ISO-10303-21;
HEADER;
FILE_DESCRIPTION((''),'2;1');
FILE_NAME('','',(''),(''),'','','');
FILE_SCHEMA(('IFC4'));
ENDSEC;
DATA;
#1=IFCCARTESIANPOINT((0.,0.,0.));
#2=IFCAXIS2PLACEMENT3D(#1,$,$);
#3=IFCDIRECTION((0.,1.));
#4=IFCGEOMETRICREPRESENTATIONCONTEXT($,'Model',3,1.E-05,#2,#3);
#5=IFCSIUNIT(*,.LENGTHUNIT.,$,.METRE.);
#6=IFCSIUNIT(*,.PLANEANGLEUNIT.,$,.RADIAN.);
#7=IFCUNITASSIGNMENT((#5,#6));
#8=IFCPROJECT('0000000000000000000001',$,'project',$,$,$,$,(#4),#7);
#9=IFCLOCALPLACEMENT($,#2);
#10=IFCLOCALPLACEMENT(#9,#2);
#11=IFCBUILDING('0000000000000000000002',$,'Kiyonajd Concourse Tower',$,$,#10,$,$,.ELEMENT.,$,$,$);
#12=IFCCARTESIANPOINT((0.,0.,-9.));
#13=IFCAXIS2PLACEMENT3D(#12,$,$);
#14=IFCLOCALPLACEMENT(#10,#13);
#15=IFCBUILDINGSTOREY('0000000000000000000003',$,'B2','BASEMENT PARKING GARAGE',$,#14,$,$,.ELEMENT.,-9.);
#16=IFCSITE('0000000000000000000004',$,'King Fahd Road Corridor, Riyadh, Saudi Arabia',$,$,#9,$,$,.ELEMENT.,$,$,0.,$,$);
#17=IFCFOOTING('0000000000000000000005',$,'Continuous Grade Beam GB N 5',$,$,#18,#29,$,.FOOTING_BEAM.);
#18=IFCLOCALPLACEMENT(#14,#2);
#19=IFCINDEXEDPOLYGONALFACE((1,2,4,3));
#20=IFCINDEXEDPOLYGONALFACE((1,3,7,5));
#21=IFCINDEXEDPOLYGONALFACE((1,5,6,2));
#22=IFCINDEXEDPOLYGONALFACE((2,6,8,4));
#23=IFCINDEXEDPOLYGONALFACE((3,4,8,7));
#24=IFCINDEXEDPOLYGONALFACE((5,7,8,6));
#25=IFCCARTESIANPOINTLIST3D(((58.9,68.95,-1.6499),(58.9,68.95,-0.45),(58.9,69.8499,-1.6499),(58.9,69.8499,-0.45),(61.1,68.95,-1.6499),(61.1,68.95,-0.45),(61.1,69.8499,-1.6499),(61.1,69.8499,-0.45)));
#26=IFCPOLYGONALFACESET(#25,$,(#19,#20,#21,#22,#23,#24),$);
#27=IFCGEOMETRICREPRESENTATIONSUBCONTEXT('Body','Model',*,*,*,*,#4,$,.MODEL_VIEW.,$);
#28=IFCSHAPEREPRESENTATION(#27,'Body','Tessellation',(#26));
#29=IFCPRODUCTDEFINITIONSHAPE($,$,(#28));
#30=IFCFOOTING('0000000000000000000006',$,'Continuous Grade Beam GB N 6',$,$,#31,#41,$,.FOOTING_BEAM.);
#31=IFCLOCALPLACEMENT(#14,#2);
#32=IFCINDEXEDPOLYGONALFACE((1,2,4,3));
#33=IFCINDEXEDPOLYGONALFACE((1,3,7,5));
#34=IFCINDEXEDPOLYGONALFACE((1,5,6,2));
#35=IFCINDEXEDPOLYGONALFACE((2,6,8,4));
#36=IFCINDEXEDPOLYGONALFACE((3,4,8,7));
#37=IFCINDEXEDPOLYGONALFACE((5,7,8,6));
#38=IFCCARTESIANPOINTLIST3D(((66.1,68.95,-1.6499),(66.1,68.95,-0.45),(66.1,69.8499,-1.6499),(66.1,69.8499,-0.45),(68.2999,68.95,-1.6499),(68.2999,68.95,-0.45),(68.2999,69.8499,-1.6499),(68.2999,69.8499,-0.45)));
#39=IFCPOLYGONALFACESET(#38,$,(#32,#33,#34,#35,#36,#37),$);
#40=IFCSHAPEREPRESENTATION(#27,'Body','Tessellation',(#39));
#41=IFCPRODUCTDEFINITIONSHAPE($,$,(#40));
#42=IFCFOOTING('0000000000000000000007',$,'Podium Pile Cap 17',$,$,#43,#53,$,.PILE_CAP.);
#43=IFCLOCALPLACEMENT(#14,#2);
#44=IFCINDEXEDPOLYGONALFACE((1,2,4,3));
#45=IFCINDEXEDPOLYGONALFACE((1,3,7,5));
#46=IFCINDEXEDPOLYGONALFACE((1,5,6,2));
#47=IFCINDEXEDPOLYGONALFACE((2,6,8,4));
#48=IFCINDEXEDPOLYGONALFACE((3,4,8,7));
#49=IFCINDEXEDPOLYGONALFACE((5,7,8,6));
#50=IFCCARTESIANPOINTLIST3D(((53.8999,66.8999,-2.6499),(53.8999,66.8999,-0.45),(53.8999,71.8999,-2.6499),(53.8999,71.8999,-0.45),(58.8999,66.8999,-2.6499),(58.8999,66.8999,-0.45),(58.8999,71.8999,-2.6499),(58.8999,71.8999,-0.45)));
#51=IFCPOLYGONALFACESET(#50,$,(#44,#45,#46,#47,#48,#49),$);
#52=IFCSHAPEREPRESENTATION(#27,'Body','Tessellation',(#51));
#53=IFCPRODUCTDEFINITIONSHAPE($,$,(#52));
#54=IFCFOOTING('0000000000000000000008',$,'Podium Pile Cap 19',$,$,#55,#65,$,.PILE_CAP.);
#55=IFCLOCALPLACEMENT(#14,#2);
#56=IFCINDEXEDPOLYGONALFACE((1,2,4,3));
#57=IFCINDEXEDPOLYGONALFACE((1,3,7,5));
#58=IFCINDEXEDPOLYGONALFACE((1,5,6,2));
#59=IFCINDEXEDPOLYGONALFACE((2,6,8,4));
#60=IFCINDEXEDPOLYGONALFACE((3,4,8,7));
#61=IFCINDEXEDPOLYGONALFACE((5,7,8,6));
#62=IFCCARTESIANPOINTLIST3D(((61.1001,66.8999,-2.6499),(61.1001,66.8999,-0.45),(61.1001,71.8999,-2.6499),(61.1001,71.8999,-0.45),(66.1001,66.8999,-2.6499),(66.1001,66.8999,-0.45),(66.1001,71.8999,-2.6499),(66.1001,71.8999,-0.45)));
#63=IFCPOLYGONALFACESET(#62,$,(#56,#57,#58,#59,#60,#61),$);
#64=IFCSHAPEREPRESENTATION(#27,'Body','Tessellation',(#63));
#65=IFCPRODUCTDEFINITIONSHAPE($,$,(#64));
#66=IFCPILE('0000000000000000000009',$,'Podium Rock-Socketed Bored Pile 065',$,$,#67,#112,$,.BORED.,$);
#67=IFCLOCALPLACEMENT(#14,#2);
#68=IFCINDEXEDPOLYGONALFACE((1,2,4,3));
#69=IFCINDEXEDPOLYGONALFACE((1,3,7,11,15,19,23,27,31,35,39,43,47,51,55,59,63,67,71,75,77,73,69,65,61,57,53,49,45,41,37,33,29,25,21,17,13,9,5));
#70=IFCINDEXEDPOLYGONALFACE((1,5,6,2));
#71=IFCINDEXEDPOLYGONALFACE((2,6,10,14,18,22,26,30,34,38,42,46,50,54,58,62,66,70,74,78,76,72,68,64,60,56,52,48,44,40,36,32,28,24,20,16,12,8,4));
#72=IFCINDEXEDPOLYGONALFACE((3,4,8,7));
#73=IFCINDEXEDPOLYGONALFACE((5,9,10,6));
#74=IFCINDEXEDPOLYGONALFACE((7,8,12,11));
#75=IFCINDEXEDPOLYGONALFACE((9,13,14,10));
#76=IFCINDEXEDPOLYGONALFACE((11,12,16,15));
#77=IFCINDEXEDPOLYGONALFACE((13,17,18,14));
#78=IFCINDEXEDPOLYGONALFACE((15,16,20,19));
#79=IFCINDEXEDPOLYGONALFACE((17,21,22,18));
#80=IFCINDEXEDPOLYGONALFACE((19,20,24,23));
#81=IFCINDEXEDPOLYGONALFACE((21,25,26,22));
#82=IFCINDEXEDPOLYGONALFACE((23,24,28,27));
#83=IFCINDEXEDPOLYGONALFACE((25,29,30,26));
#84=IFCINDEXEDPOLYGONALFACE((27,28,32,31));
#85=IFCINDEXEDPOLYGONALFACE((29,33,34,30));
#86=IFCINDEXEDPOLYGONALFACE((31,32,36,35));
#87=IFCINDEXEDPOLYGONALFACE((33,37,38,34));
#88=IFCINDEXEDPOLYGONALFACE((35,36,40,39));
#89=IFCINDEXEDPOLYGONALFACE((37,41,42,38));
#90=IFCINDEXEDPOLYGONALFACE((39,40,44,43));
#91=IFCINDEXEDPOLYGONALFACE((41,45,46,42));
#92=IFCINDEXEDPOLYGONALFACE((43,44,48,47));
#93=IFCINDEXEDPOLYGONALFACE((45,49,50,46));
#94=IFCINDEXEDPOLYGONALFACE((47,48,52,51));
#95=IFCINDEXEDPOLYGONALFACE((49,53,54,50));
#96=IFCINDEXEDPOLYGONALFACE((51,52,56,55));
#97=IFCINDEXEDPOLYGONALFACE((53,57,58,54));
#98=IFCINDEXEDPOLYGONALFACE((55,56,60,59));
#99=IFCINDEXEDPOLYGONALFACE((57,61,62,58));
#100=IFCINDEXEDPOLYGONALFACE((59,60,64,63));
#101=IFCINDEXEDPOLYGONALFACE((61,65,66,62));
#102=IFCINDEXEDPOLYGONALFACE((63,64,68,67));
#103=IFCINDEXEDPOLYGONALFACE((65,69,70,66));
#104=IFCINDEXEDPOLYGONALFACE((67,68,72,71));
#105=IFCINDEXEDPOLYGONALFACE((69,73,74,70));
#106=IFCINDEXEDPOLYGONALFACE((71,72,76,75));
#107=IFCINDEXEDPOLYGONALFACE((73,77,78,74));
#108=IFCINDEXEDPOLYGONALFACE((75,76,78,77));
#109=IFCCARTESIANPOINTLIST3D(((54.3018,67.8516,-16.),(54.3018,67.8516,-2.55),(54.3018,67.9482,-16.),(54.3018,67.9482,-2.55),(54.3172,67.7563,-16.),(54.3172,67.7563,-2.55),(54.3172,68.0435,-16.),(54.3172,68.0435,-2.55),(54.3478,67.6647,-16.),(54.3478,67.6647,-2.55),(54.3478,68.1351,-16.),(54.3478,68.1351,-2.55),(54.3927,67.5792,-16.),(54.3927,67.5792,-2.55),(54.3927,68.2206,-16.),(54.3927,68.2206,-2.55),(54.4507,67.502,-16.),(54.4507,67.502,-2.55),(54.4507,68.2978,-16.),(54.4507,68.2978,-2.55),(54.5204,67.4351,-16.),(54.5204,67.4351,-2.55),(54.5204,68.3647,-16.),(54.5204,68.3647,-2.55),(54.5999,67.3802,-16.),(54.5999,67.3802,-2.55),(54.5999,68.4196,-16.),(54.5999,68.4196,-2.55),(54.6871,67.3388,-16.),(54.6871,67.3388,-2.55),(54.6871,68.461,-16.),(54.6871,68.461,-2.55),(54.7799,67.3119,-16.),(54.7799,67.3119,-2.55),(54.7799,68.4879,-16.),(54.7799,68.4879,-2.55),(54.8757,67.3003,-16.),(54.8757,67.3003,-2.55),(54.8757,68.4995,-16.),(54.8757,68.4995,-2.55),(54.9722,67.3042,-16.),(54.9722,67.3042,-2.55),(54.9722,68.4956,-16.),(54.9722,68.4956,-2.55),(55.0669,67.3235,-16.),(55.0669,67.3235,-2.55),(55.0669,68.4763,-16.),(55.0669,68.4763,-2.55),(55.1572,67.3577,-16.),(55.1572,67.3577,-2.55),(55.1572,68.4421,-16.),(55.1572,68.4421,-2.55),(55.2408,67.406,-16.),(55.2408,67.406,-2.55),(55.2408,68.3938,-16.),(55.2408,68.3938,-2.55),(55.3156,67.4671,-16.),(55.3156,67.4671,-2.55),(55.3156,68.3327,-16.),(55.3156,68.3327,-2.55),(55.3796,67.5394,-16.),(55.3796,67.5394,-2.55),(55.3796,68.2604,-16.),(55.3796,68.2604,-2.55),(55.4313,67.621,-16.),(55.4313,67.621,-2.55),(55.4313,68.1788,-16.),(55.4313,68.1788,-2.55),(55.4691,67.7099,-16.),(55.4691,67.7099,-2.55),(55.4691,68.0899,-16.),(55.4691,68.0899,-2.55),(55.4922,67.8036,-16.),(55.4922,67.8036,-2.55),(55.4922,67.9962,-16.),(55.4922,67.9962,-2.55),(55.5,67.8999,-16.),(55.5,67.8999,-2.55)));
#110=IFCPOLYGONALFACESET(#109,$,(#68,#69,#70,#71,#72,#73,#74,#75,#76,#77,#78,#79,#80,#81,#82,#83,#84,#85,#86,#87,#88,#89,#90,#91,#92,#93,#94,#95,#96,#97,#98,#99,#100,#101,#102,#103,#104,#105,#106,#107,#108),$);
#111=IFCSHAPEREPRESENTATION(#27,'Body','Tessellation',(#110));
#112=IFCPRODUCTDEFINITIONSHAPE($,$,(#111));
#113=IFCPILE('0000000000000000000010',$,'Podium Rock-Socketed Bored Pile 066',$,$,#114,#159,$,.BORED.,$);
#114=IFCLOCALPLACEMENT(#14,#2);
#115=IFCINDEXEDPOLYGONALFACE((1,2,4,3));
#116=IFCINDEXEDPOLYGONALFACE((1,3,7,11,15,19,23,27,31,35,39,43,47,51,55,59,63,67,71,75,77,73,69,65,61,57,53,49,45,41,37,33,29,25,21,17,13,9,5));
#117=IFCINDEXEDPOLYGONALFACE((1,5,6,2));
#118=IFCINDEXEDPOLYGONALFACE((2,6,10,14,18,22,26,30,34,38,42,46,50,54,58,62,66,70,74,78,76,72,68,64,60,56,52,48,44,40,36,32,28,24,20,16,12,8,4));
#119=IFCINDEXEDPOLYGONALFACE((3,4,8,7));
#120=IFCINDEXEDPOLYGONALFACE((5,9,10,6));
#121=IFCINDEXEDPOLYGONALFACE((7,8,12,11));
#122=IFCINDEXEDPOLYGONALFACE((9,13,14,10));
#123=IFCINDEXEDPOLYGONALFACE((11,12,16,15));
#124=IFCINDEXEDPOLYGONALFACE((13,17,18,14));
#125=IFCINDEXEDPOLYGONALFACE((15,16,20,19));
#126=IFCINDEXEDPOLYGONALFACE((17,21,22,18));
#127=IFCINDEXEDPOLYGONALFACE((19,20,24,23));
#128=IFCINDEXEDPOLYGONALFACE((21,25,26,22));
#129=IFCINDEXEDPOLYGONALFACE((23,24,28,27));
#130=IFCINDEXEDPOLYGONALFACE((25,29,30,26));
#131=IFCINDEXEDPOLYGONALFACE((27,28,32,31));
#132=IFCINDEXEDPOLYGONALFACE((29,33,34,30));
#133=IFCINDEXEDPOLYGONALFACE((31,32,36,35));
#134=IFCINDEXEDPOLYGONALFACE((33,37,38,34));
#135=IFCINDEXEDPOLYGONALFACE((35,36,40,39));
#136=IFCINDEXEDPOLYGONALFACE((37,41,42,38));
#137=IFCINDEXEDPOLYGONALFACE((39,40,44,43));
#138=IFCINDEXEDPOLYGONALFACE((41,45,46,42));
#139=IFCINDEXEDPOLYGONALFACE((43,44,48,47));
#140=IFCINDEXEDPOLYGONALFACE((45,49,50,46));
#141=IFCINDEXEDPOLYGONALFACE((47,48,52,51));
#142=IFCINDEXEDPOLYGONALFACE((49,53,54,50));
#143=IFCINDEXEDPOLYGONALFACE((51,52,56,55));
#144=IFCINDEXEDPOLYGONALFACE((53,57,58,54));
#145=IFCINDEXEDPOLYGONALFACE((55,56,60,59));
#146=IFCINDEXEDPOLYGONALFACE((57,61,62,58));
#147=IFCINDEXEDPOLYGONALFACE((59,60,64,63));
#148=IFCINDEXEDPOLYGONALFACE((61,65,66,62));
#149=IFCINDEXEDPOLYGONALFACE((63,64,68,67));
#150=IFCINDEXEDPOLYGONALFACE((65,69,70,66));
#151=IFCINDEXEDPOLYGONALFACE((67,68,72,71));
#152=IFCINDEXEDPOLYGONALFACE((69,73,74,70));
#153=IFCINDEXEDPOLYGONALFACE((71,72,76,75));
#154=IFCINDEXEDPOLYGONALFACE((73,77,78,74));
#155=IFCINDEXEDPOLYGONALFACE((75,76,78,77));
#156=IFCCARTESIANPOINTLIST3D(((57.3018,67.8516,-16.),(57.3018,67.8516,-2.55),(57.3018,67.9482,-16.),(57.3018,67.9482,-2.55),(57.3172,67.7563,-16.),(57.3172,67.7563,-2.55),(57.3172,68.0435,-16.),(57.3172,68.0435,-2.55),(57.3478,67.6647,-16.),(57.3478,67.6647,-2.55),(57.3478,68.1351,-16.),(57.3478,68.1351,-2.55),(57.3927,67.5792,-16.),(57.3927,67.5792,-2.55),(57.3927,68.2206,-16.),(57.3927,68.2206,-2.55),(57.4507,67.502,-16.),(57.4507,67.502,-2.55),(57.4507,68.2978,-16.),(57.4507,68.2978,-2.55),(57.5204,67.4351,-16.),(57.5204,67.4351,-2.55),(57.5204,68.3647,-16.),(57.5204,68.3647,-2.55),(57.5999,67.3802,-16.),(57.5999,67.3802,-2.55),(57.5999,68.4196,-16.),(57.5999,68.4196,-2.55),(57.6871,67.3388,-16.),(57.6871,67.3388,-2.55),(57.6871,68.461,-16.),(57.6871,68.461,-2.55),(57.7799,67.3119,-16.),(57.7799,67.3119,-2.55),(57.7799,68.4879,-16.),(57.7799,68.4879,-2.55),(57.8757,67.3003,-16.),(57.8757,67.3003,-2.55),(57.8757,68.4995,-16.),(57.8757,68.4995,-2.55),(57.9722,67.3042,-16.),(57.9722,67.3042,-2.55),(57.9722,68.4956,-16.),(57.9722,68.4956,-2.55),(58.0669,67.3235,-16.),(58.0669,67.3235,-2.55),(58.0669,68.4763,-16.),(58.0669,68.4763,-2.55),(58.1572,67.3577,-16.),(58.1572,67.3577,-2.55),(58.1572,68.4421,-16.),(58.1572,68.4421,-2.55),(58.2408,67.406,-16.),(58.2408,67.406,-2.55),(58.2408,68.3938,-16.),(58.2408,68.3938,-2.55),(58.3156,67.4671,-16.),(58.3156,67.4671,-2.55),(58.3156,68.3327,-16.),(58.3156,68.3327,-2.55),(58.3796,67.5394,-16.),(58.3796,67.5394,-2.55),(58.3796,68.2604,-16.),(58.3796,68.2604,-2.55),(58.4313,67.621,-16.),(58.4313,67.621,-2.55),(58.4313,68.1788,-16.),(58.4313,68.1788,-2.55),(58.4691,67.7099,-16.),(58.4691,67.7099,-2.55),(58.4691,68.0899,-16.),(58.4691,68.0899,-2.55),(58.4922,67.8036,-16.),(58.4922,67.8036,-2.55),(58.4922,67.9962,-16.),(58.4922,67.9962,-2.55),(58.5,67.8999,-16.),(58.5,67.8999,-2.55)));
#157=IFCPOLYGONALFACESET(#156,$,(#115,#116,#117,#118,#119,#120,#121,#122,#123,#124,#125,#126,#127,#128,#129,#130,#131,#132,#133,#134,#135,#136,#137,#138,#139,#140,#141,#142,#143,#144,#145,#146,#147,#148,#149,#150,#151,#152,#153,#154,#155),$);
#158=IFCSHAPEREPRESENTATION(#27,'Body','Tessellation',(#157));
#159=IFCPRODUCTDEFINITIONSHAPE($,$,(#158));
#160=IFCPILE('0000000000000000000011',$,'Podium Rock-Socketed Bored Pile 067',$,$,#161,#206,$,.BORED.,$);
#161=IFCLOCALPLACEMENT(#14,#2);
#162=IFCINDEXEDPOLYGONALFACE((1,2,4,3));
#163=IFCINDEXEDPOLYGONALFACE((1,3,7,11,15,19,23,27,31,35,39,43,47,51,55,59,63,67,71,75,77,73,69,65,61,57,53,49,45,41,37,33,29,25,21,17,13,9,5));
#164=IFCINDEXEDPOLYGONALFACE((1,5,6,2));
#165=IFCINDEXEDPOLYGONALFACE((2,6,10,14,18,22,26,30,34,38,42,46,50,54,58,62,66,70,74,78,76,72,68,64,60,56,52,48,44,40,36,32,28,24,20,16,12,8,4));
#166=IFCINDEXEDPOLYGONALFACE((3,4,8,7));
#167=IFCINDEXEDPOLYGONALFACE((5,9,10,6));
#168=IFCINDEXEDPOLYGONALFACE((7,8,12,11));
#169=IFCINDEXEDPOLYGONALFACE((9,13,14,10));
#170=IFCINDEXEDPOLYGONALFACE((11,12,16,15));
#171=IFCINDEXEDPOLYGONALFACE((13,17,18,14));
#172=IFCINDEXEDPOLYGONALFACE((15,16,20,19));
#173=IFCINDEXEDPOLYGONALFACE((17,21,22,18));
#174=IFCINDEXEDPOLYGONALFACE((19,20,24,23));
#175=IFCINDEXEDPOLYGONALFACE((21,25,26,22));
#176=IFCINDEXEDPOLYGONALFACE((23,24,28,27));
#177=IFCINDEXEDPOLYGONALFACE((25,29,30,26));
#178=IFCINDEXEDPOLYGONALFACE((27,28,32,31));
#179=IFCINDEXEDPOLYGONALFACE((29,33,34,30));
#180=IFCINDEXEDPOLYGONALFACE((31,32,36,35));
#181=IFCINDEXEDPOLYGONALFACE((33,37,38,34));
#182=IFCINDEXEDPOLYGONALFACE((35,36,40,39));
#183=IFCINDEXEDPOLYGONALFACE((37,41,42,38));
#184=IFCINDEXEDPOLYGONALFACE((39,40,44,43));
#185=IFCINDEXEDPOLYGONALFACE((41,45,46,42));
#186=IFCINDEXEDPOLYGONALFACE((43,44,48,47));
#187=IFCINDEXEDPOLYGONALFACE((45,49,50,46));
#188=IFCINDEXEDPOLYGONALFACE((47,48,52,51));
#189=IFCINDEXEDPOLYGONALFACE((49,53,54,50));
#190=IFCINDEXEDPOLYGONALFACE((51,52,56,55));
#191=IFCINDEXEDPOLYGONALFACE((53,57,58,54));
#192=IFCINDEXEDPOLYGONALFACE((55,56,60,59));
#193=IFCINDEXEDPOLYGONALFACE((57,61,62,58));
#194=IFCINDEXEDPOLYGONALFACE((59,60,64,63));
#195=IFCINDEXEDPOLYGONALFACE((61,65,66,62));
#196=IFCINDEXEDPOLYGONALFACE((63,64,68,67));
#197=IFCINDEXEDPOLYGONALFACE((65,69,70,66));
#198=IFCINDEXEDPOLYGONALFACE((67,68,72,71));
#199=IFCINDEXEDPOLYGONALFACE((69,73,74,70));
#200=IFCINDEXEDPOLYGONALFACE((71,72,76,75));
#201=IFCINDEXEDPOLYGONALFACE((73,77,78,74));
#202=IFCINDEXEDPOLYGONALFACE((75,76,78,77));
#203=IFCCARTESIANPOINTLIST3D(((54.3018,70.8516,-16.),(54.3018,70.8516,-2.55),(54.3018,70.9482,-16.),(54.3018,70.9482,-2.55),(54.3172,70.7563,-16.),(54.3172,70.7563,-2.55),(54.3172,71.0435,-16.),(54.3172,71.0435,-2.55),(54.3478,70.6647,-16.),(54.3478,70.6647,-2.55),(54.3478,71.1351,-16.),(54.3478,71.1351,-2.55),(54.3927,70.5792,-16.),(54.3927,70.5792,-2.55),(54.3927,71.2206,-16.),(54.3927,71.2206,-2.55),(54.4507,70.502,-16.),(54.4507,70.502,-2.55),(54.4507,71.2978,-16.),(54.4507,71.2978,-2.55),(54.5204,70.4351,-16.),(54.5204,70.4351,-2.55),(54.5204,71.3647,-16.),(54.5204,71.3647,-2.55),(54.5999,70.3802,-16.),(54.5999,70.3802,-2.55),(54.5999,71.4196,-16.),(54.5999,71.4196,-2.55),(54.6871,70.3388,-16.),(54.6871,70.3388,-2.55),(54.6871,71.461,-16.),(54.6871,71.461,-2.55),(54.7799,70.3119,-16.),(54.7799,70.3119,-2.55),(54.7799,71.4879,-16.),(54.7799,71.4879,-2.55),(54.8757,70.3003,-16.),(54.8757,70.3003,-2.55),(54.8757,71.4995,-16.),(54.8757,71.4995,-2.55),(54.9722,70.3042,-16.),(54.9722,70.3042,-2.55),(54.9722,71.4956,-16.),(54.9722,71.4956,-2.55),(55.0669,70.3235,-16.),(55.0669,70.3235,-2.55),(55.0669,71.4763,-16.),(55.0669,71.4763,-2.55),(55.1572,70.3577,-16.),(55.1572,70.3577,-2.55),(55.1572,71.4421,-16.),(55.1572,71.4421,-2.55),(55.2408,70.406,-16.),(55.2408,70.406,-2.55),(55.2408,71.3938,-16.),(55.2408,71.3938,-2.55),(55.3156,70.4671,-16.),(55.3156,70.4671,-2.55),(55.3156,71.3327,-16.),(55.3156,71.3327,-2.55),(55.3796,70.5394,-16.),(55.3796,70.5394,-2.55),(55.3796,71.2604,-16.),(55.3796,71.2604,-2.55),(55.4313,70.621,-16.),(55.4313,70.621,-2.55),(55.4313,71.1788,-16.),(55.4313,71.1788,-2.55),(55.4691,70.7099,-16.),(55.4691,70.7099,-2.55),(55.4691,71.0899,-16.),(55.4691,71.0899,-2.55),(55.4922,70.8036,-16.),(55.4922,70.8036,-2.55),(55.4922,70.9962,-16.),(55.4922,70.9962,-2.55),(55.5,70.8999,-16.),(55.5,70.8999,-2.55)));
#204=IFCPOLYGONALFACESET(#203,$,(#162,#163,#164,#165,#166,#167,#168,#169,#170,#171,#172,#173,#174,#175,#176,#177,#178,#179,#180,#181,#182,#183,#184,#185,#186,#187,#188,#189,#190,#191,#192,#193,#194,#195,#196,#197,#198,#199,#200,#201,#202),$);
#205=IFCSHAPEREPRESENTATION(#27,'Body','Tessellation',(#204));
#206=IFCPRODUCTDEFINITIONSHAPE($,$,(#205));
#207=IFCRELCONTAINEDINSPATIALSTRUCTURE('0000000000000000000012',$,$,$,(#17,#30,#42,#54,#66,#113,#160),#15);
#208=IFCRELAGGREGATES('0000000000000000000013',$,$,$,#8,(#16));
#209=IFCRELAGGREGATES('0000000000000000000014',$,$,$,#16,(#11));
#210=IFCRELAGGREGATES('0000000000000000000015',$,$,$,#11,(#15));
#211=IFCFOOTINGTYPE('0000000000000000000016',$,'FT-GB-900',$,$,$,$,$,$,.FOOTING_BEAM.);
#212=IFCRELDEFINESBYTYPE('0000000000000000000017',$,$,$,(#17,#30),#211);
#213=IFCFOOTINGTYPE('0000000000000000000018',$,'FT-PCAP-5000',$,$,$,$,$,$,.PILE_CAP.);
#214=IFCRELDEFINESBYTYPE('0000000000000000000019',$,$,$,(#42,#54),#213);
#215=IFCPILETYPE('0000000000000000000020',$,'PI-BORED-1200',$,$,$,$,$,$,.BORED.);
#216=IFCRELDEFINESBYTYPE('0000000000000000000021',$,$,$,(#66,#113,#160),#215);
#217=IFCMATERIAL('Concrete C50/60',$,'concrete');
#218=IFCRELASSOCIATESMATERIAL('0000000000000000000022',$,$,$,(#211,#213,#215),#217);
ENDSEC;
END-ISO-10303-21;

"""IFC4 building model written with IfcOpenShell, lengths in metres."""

from ifc_helpers import new_model, si_unit, direction, frame, origin, origin_2d, place, context, subcontext, project, spatial, rectangle, circle, extrude, material, material_profile, profile_set, type_object, element, save


model = new_model("IFC4")

# Units and contexts
model_context = context("Model", 3, precision=1e-05, world=origin(), true_north=direction((0.0, 1.0)))
body_context = subcontext(model_context, "Body", "Model", "MODEL_VIEW")
ifc_project = project(units=[si_unit("LENGTHUNIT", "METRE"), si_unit("PLANEANGLEUNIT", "RADIAN")], contexts=[model_context])

# Site, building, storey
site_placement = place(None, origin())
site = spatial("IfcSite", under=ifc_project, at=site_placement, Name="King Fahd Road Corridor, Riyadh, Saudi Arabia", CompositionType="ELEMENT", RefElevation=0.0)
building_placement = place(site_placement, origin())
building = spatial("IfcBuilding", under=site, at=building_placement, Name="Kiyonajd Concourse Tower", CompositionType="ELEMENT")
storey_placement = place(building_placement, frame((0.0, 0.0, -9.0)))
storey = spatial("IfcBuildingStorey", under=building, at=storey_placement, Name="B2", Description="BASEMENT PARKING GARAGE", CompositionType="ELEMENT", Elevation=-9.0)

# Footings
ifc_material_1 = material(Name="Concrete C50/60", Category="concrete")
footing_type_1 = type_object("IfcFootingType", Name="FT-GB-900", PredefinedType="FOOTING_BEAM", material=ifc_material_1)
for number, where, z_axis, x_axis, name in (
    (1, (60.0, 69.3999, -1.6499), (0.0, 0.0, 1.0), (1.0, 0.0, 0.0), "Continuous Grade Beam GB N 5"),
    (2, (67.2, 69.3999, -1.6499), (0.0, 0.0, 1.0), (1.0, 0.0, 0.0), "Continuous Grade Beam GB N 6"),
):
    element("IfcFooting", number, at=place(storey_placement, frame(where, z_axis=z_axis, x_axis=x_axis)), inside=storey, type_object=footing_type_1, Name=name, PredefinedType="FOOTING_BEAM", context=body_context, shape_type="SweptSolid", body=[
        extrude(rectangle(XDim=2.2, YDim=0.8999, at=origin_2d()), origin(), (0.0, 0.0, 1.0), 1.2),
    ])
footing_type_2 = type_object("IfcFootingType", Name="FT-PCAP-5000", PredefinedType="PILE_CAP", material=ifc_material_1)
for number, where, z_axis, x_axis, name in (
    (3, (56.3999, 69.3999, -2.6499), (0.0, 0.0, 1.0), (1.0, 0.0, 0.0), "Podium Pile Cap 17"),
    (4, (63.6001, 69.3999, -2.6499), (0.0, 0.0, 1.0), (1.0, 0.0, 0.0), "Podium Pile Cap 19"),
):
    element("IfcFooting", number, at=place(storey_placement, frame(where, z_axis=z_axis, x_axis=x_axis)), inside=storey, type_object=footing_type_2, Name=name, PredefinedType="PILE_CAP", context=body_context, shape_type="SweptSolid", body=[
        extrude(rectangle(XDim=5.0, YDim=5.0, at=origin_2d()), origin(), (0.0, 0.0, 1.0), 2.2),
    ])

# Piles
ifc_material_profile_1 = material_profile(ifc_material_1, circle(Radius=0.6001, at=origin_2d()), Name="PILE-D1200")
ifc_profile_set_1 = profile_set([ifc_material_profile_1], Name="Concrete C50/60")
pile_type = type_object("IfcPileType", Name="PI-BORED-1200", PredefinedType="BORED", material=ifc_profile_set_1)
for number, where, z_axis, x_axis, name in (
    (5, (54.8999, 67.8999, -2.55), (0.0, 0.0, -1.0), (1.0, 0.0, 0.0), "Podium Rock-Socketed Bored Pile 065"),
    (6, (57.8999, 67.8999, -2.55), (0.0, 0.0, -1.0), (1.0, 0.0, 0.0), "Podium Rock-Socketed Bored Pile 066"),
    (7, (54.8999, 70.8999, -2.55), (0.0, 0.0, -1.0), (1.0, 0.0, 0.0), "Podium Rock-Socketed Bored Pile 067"),
):
    element("IfcPile", number, at=place(storey_placement, frame(where, z_axis=z_axis, x_axis=x_axis)), inside=storey, type_object=pile_type, Name=name, PredefinedType="BORED", context=body_context, shape_type="SweptSolid", body=[
        extrude(circle(Radius=0.6001, at=origin_2d()), origin(), (0.0, 0.0, 1.0), 13.45),
    ])

save(model, "model.ifc")
